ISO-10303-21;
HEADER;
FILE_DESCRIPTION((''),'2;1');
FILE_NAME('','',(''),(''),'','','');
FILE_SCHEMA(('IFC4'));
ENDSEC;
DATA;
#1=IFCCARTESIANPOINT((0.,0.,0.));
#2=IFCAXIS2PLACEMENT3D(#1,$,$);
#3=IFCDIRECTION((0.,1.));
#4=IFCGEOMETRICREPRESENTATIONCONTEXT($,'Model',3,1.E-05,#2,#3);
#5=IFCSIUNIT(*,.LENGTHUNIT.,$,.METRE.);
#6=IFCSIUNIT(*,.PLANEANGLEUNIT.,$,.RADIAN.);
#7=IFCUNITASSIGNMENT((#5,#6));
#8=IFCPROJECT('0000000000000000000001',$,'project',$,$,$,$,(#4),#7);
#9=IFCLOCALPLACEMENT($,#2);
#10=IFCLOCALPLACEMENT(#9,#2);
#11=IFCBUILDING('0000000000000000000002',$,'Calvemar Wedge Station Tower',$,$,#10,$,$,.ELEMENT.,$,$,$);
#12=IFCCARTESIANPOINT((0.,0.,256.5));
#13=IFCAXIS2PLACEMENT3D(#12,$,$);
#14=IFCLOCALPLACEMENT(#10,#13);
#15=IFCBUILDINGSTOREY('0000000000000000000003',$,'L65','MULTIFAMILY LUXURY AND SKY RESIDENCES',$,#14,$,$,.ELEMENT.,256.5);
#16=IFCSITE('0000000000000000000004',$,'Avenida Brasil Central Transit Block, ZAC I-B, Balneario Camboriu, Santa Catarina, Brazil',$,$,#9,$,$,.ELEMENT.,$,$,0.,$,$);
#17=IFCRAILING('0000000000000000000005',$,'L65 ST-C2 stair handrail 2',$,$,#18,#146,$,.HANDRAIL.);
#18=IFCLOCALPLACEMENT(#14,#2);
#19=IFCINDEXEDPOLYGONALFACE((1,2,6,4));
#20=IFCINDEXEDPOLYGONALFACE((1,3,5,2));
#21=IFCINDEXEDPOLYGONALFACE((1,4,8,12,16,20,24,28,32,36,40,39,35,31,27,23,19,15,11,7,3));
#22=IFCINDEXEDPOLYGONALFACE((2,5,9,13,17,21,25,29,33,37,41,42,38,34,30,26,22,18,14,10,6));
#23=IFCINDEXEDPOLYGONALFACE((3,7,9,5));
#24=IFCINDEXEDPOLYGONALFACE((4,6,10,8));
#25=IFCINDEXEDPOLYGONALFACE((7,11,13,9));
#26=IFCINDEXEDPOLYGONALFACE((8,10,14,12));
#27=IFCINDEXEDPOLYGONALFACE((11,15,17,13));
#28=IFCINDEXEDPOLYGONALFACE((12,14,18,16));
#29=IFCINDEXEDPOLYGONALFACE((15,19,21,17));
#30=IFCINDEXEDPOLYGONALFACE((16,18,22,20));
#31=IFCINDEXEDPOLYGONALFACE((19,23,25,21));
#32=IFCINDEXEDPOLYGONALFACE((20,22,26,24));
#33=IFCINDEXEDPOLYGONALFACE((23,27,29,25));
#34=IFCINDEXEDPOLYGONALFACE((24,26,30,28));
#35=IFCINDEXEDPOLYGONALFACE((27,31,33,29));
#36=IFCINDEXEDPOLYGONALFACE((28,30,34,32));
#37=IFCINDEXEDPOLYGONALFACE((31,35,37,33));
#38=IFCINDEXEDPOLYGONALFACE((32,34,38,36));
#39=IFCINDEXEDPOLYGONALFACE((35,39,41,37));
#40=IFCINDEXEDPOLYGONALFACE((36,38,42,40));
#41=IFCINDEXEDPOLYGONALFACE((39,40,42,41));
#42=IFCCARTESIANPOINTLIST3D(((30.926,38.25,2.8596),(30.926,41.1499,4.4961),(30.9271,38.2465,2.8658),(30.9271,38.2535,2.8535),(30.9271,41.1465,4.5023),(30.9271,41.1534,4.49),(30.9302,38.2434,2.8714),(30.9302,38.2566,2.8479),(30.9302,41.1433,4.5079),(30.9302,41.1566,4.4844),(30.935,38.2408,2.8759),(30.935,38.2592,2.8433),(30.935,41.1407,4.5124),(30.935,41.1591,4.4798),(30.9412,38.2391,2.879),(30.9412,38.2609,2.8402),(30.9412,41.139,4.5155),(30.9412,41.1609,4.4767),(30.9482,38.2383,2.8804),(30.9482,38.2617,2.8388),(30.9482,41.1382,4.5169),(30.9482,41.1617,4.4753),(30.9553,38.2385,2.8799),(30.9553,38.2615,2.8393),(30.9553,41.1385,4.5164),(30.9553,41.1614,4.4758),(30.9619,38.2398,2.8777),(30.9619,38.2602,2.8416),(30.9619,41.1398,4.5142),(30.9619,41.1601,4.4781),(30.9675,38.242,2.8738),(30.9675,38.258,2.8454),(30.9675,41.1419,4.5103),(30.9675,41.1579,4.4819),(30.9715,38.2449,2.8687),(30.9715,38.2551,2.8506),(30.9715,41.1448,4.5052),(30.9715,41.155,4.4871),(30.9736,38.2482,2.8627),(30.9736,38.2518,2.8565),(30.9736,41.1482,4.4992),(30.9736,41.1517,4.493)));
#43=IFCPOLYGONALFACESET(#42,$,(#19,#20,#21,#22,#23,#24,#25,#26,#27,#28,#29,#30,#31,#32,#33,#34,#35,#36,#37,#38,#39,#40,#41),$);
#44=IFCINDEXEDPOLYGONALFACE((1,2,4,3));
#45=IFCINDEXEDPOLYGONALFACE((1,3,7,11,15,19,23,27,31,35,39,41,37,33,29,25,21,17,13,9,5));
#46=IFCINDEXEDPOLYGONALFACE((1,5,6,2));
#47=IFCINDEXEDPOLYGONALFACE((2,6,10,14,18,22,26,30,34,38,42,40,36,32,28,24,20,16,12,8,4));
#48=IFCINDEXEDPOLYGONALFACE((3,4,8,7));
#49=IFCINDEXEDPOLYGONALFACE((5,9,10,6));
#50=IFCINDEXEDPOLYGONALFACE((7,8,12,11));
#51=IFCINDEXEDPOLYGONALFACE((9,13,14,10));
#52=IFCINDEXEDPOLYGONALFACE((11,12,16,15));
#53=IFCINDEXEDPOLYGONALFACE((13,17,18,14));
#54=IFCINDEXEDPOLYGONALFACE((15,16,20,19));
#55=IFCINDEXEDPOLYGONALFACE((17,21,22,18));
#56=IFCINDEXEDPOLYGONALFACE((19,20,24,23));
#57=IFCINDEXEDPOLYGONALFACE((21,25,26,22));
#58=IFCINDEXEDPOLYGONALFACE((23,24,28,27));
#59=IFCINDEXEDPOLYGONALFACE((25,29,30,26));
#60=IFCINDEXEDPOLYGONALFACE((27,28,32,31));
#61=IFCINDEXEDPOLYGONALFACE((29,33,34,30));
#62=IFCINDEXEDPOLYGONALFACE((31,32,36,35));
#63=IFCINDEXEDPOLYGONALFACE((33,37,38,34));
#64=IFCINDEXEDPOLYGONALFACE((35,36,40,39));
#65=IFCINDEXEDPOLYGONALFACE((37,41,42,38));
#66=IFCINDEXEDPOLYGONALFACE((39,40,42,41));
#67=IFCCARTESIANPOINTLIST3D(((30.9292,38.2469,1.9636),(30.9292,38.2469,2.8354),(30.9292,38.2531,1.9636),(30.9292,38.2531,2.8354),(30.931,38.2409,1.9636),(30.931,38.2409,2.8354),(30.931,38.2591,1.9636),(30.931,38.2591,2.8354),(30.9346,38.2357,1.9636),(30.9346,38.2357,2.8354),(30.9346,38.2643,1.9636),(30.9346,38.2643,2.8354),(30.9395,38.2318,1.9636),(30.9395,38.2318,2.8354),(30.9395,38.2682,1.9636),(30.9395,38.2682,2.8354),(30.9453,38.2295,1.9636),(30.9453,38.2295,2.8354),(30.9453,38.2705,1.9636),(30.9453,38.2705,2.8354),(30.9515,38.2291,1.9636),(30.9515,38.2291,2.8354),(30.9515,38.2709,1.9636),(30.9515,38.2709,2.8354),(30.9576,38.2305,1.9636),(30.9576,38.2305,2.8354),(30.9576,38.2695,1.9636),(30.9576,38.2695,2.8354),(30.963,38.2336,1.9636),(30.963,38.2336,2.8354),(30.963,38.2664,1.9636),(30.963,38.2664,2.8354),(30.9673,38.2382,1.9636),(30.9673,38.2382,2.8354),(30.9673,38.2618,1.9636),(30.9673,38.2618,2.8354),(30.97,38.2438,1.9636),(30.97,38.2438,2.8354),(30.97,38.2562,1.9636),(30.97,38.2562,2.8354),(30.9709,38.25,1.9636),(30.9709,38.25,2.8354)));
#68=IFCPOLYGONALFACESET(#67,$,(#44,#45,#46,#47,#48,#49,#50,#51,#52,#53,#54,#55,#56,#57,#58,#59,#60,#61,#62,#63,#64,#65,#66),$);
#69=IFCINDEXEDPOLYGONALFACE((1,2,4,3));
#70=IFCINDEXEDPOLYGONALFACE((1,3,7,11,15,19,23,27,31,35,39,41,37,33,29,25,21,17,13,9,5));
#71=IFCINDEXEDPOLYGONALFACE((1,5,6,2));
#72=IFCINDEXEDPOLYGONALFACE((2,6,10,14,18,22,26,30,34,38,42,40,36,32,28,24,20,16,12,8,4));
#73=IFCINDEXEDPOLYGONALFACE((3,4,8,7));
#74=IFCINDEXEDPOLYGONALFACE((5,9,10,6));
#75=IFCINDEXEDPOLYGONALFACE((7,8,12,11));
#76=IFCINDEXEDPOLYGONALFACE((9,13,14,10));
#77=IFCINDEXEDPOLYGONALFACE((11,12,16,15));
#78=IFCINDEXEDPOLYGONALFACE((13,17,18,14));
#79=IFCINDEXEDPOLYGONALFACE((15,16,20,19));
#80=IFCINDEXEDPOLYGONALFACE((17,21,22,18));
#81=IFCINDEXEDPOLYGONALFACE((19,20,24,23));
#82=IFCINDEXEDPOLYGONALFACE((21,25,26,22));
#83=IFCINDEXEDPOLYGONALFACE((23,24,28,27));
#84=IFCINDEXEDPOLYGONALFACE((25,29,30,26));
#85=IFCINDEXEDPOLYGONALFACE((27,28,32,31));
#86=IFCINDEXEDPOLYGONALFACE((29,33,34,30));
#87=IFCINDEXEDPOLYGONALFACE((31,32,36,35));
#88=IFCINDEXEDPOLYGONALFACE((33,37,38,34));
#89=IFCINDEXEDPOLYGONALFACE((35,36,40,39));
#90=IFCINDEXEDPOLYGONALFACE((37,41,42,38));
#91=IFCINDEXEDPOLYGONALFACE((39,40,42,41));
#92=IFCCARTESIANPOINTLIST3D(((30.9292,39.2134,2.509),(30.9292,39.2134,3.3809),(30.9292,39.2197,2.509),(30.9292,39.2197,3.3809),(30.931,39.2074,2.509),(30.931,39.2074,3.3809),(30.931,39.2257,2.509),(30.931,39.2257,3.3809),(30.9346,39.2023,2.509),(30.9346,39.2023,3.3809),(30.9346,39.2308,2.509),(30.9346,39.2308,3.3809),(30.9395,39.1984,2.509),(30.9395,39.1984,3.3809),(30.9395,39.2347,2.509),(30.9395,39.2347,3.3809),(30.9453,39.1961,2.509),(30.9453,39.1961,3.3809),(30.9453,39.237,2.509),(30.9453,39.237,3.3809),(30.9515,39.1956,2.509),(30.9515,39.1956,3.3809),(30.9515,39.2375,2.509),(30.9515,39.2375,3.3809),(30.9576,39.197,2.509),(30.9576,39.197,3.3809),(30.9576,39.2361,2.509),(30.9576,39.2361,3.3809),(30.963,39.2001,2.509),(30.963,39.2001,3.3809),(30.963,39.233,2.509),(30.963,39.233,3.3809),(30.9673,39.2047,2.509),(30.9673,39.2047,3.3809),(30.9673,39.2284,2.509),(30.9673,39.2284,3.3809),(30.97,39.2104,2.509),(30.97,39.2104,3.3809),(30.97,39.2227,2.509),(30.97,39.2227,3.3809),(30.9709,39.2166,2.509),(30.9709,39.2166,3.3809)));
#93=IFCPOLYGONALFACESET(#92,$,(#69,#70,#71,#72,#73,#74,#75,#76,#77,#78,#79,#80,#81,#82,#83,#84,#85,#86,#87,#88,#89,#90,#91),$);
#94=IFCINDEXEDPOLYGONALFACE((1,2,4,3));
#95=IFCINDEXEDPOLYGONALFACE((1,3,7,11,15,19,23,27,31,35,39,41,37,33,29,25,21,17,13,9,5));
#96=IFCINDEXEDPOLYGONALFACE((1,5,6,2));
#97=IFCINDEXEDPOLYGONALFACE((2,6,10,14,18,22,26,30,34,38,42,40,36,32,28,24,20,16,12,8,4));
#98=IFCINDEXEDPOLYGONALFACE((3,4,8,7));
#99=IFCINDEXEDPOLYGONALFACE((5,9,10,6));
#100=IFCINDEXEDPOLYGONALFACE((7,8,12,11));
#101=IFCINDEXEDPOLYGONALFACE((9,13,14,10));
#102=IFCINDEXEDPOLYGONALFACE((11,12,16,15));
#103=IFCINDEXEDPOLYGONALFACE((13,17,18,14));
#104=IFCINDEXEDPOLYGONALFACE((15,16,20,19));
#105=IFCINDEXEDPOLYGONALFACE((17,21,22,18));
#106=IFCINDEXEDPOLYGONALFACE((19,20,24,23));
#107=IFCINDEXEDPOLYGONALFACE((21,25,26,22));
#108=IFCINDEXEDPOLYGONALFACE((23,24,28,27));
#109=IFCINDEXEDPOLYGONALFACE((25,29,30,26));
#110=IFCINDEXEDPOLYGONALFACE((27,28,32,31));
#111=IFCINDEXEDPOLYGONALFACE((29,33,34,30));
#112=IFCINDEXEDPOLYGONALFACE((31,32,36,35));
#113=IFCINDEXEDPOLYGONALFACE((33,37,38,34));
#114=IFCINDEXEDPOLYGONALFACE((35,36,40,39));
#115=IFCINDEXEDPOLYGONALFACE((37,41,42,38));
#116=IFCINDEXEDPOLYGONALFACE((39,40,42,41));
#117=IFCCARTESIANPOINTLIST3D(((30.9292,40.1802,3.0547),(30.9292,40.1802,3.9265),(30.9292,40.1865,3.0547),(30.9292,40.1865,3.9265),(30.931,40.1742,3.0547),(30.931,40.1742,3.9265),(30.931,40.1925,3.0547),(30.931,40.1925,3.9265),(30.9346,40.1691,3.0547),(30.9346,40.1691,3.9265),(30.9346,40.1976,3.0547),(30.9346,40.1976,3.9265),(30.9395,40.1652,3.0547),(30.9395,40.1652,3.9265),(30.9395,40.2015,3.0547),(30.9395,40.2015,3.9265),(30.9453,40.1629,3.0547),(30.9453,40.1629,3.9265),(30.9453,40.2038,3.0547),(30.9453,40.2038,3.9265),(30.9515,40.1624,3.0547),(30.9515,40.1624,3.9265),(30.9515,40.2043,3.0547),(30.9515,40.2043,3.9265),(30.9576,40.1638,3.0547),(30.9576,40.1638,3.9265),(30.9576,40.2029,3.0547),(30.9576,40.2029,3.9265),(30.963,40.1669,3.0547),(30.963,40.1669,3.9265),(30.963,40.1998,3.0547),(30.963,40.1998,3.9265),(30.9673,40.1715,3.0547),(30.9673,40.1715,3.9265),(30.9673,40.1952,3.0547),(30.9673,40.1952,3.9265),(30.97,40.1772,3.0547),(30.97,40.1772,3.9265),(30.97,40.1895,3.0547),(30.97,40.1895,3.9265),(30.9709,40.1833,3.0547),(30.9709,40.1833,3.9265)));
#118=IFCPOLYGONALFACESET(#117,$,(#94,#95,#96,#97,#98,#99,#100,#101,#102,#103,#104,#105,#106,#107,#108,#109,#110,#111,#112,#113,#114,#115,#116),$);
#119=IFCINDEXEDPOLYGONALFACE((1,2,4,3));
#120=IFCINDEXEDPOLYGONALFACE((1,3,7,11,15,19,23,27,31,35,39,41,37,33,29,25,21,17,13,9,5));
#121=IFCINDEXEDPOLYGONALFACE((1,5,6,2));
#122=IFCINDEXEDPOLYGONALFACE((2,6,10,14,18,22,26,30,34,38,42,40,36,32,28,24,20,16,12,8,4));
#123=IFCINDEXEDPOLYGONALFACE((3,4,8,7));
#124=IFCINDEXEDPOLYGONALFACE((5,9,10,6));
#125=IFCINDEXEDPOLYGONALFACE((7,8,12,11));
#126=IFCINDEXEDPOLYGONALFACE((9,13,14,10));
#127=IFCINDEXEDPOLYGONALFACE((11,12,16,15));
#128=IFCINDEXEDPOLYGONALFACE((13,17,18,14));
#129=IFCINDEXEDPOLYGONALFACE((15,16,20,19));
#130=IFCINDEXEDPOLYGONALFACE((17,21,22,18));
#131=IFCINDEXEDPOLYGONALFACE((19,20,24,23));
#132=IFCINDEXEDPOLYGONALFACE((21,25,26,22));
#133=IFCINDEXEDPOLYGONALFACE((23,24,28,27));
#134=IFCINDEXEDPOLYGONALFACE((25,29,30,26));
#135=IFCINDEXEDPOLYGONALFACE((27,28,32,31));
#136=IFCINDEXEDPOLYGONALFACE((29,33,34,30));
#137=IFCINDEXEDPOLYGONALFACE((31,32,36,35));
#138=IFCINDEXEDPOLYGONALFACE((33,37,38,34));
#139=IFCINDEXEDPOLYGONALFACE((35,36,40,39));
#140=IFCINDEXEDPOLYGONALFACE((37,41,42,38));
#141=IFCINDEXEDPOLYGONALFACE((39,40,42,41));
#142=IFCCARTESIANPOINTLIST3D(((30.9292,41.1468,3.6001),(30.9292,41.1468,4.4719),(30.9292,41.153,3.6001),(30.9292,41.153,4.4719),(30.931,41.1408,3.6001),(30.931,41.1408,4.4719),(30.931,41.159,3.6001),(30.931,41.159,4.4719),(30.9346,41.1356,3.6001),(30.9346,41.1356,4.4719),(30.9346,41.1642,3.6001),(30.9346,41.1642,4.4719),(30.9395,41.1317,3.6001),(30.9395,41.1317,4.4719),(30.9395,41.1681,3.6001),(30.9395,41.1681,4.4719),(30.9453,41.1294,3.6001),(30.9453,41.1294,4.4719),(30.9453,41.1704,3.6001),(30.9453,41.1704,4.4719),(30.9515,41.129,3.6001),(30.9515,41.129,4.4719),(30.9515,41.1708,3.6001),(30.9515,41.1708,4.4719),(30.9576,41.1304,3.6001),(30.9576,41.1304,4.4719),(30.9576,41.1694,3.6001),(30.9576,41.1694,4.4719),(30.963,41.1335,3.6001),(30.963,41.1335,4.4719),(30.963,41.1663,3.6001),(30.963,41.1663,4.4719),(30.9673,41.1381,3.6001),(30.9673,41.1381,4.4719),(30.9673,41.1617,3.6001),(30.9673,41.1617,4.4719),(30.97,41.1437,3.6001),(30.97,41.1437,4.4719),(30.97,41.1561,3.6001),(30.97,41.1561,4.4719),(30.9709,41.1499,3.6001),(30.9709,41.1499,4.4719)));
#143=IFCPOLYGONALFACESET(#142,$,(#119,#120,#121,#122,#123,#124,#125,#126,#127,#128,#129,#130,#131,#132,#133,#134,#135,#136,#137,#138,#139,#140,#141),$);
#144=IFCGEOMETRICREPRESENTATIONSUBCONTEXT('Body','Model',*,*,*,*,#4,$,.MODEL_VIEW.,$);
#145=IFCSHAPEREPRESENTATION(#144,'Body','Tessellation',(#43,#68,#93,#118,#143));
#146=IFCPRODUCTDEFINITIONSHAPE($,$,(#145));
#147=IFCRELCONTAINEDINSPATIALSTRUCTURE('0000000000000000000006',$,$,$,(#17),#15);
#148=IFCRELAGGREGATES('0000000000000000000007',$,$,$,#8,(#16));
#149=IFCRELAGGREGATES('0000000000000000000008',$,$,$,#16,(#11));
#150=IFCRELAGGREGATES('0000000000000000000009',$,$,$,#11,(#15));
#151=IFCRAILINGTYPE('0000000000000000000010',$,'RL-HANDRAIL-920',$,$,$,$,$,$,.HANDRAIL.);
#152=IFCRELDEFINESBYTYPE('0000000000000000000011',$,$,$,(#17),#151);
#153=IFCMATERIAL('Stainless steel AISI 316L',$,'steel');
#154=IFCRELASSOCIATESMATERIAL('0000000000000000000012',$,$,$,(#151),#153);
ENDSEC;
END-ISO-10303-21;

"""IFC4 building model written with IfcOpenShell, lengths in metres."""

from ifc_helpers import new_model, si_unit, direction, frame, origin, origin_2d, place, context, subcontext, project, spatial, circle, extrude, material, type_object, element, save


model = new_model("IFC4")

# Units and contexts
model_context = context("Model", 3, precision=1e-05, world=origin(), true_north=direction((0.0, 1.0)))
body_context = subcontext(model_context, "Body", "Model", "MODEL_VIEW")
ifc_project = project(units=[si_unit("LENGTHUNIT", "METRE"), si_unit("PLANEANGLEUNIT", "RADIAN")], contexts=[model_context])

# Site, building, storey
site_placement = place(None, origin())
site = spatial("IfcSite", under=ifc_project, at=site_placement, Name="Avenida Brasil Central Transit Block, ZAC I-B, Balneario Camboriu, Santa Catarina, Brazil", CompositionType="ELEMENT", RefElevation=0.0)
building_placement = place(site_placement, origin())
building = spatial("IfcBuilding", under=site, at=building_placement, Name="Calvemar Wedge Station Tower", CompositionType="ELEMENT")
storey_placement = place(building_placement, frame((0.0, 0.0, 256.5)))
storey = spatial("IfcBuildingStorey", under=building, at=storey_placement, Name="L65", Description="MULTIFAMILY LUXURY AND SKY RESIDENCES", CompositionType="ELEMENT", Elevation=256.5)

# Railing
ifc_material_1 = material(Name="Stainless steel AISI 316L", Category="steel")
railing_type_1 = type_object("IfcRailingType", Name="RL-HANDRAIL-920", PredefinedType="HANDRAIL", material=ifc_material_1)
railing_1_placement = place(storey_placement, frame((30.95, 38.25, 1.9636)))
element("IfcRailing", 1, at=railing_1_placement, inside=storey, type_object=railing_type_1, Name="L65 ST-C2 stair handrail 2", PredefinedType="HANDRAIL", context=body_context, shape_type="SweptSolid", body=[
    extrude(circle(Radius=0.0239, at=origin_2d()), frame((0.0, 0.0, 0.896), z_axis=(0.0, 0.870897, 0.491465), x_axis=(-1.0, 0.0, 0.0)), (0.0, 0.0, 1.0), 3.3298),
    extrude(circle(Radius=0.021, at=origin_2d()), origin(), (0.0, 0.0, 1.0), 0.8718),
    extrude(circle(Radius=0.021, at=origin_2d()), frame((0.0, 0.9666, 0.5454)), (0.0, 0.0, 1.0), 0.8718),
    extrude(circle(Radius=0.021, at=origin_2d()), frame((0.0, 1.9333, 1.0911)), (0.0, 0.0, 1.0), 0.8718),
    extrude(circle(Radius=0.021, at=origin_2d()), frame((0.0, 2.8999, 1.6365)), (0.0, 0.0, 1.0), 0.8718),
])

save(model, "model.ifc")
